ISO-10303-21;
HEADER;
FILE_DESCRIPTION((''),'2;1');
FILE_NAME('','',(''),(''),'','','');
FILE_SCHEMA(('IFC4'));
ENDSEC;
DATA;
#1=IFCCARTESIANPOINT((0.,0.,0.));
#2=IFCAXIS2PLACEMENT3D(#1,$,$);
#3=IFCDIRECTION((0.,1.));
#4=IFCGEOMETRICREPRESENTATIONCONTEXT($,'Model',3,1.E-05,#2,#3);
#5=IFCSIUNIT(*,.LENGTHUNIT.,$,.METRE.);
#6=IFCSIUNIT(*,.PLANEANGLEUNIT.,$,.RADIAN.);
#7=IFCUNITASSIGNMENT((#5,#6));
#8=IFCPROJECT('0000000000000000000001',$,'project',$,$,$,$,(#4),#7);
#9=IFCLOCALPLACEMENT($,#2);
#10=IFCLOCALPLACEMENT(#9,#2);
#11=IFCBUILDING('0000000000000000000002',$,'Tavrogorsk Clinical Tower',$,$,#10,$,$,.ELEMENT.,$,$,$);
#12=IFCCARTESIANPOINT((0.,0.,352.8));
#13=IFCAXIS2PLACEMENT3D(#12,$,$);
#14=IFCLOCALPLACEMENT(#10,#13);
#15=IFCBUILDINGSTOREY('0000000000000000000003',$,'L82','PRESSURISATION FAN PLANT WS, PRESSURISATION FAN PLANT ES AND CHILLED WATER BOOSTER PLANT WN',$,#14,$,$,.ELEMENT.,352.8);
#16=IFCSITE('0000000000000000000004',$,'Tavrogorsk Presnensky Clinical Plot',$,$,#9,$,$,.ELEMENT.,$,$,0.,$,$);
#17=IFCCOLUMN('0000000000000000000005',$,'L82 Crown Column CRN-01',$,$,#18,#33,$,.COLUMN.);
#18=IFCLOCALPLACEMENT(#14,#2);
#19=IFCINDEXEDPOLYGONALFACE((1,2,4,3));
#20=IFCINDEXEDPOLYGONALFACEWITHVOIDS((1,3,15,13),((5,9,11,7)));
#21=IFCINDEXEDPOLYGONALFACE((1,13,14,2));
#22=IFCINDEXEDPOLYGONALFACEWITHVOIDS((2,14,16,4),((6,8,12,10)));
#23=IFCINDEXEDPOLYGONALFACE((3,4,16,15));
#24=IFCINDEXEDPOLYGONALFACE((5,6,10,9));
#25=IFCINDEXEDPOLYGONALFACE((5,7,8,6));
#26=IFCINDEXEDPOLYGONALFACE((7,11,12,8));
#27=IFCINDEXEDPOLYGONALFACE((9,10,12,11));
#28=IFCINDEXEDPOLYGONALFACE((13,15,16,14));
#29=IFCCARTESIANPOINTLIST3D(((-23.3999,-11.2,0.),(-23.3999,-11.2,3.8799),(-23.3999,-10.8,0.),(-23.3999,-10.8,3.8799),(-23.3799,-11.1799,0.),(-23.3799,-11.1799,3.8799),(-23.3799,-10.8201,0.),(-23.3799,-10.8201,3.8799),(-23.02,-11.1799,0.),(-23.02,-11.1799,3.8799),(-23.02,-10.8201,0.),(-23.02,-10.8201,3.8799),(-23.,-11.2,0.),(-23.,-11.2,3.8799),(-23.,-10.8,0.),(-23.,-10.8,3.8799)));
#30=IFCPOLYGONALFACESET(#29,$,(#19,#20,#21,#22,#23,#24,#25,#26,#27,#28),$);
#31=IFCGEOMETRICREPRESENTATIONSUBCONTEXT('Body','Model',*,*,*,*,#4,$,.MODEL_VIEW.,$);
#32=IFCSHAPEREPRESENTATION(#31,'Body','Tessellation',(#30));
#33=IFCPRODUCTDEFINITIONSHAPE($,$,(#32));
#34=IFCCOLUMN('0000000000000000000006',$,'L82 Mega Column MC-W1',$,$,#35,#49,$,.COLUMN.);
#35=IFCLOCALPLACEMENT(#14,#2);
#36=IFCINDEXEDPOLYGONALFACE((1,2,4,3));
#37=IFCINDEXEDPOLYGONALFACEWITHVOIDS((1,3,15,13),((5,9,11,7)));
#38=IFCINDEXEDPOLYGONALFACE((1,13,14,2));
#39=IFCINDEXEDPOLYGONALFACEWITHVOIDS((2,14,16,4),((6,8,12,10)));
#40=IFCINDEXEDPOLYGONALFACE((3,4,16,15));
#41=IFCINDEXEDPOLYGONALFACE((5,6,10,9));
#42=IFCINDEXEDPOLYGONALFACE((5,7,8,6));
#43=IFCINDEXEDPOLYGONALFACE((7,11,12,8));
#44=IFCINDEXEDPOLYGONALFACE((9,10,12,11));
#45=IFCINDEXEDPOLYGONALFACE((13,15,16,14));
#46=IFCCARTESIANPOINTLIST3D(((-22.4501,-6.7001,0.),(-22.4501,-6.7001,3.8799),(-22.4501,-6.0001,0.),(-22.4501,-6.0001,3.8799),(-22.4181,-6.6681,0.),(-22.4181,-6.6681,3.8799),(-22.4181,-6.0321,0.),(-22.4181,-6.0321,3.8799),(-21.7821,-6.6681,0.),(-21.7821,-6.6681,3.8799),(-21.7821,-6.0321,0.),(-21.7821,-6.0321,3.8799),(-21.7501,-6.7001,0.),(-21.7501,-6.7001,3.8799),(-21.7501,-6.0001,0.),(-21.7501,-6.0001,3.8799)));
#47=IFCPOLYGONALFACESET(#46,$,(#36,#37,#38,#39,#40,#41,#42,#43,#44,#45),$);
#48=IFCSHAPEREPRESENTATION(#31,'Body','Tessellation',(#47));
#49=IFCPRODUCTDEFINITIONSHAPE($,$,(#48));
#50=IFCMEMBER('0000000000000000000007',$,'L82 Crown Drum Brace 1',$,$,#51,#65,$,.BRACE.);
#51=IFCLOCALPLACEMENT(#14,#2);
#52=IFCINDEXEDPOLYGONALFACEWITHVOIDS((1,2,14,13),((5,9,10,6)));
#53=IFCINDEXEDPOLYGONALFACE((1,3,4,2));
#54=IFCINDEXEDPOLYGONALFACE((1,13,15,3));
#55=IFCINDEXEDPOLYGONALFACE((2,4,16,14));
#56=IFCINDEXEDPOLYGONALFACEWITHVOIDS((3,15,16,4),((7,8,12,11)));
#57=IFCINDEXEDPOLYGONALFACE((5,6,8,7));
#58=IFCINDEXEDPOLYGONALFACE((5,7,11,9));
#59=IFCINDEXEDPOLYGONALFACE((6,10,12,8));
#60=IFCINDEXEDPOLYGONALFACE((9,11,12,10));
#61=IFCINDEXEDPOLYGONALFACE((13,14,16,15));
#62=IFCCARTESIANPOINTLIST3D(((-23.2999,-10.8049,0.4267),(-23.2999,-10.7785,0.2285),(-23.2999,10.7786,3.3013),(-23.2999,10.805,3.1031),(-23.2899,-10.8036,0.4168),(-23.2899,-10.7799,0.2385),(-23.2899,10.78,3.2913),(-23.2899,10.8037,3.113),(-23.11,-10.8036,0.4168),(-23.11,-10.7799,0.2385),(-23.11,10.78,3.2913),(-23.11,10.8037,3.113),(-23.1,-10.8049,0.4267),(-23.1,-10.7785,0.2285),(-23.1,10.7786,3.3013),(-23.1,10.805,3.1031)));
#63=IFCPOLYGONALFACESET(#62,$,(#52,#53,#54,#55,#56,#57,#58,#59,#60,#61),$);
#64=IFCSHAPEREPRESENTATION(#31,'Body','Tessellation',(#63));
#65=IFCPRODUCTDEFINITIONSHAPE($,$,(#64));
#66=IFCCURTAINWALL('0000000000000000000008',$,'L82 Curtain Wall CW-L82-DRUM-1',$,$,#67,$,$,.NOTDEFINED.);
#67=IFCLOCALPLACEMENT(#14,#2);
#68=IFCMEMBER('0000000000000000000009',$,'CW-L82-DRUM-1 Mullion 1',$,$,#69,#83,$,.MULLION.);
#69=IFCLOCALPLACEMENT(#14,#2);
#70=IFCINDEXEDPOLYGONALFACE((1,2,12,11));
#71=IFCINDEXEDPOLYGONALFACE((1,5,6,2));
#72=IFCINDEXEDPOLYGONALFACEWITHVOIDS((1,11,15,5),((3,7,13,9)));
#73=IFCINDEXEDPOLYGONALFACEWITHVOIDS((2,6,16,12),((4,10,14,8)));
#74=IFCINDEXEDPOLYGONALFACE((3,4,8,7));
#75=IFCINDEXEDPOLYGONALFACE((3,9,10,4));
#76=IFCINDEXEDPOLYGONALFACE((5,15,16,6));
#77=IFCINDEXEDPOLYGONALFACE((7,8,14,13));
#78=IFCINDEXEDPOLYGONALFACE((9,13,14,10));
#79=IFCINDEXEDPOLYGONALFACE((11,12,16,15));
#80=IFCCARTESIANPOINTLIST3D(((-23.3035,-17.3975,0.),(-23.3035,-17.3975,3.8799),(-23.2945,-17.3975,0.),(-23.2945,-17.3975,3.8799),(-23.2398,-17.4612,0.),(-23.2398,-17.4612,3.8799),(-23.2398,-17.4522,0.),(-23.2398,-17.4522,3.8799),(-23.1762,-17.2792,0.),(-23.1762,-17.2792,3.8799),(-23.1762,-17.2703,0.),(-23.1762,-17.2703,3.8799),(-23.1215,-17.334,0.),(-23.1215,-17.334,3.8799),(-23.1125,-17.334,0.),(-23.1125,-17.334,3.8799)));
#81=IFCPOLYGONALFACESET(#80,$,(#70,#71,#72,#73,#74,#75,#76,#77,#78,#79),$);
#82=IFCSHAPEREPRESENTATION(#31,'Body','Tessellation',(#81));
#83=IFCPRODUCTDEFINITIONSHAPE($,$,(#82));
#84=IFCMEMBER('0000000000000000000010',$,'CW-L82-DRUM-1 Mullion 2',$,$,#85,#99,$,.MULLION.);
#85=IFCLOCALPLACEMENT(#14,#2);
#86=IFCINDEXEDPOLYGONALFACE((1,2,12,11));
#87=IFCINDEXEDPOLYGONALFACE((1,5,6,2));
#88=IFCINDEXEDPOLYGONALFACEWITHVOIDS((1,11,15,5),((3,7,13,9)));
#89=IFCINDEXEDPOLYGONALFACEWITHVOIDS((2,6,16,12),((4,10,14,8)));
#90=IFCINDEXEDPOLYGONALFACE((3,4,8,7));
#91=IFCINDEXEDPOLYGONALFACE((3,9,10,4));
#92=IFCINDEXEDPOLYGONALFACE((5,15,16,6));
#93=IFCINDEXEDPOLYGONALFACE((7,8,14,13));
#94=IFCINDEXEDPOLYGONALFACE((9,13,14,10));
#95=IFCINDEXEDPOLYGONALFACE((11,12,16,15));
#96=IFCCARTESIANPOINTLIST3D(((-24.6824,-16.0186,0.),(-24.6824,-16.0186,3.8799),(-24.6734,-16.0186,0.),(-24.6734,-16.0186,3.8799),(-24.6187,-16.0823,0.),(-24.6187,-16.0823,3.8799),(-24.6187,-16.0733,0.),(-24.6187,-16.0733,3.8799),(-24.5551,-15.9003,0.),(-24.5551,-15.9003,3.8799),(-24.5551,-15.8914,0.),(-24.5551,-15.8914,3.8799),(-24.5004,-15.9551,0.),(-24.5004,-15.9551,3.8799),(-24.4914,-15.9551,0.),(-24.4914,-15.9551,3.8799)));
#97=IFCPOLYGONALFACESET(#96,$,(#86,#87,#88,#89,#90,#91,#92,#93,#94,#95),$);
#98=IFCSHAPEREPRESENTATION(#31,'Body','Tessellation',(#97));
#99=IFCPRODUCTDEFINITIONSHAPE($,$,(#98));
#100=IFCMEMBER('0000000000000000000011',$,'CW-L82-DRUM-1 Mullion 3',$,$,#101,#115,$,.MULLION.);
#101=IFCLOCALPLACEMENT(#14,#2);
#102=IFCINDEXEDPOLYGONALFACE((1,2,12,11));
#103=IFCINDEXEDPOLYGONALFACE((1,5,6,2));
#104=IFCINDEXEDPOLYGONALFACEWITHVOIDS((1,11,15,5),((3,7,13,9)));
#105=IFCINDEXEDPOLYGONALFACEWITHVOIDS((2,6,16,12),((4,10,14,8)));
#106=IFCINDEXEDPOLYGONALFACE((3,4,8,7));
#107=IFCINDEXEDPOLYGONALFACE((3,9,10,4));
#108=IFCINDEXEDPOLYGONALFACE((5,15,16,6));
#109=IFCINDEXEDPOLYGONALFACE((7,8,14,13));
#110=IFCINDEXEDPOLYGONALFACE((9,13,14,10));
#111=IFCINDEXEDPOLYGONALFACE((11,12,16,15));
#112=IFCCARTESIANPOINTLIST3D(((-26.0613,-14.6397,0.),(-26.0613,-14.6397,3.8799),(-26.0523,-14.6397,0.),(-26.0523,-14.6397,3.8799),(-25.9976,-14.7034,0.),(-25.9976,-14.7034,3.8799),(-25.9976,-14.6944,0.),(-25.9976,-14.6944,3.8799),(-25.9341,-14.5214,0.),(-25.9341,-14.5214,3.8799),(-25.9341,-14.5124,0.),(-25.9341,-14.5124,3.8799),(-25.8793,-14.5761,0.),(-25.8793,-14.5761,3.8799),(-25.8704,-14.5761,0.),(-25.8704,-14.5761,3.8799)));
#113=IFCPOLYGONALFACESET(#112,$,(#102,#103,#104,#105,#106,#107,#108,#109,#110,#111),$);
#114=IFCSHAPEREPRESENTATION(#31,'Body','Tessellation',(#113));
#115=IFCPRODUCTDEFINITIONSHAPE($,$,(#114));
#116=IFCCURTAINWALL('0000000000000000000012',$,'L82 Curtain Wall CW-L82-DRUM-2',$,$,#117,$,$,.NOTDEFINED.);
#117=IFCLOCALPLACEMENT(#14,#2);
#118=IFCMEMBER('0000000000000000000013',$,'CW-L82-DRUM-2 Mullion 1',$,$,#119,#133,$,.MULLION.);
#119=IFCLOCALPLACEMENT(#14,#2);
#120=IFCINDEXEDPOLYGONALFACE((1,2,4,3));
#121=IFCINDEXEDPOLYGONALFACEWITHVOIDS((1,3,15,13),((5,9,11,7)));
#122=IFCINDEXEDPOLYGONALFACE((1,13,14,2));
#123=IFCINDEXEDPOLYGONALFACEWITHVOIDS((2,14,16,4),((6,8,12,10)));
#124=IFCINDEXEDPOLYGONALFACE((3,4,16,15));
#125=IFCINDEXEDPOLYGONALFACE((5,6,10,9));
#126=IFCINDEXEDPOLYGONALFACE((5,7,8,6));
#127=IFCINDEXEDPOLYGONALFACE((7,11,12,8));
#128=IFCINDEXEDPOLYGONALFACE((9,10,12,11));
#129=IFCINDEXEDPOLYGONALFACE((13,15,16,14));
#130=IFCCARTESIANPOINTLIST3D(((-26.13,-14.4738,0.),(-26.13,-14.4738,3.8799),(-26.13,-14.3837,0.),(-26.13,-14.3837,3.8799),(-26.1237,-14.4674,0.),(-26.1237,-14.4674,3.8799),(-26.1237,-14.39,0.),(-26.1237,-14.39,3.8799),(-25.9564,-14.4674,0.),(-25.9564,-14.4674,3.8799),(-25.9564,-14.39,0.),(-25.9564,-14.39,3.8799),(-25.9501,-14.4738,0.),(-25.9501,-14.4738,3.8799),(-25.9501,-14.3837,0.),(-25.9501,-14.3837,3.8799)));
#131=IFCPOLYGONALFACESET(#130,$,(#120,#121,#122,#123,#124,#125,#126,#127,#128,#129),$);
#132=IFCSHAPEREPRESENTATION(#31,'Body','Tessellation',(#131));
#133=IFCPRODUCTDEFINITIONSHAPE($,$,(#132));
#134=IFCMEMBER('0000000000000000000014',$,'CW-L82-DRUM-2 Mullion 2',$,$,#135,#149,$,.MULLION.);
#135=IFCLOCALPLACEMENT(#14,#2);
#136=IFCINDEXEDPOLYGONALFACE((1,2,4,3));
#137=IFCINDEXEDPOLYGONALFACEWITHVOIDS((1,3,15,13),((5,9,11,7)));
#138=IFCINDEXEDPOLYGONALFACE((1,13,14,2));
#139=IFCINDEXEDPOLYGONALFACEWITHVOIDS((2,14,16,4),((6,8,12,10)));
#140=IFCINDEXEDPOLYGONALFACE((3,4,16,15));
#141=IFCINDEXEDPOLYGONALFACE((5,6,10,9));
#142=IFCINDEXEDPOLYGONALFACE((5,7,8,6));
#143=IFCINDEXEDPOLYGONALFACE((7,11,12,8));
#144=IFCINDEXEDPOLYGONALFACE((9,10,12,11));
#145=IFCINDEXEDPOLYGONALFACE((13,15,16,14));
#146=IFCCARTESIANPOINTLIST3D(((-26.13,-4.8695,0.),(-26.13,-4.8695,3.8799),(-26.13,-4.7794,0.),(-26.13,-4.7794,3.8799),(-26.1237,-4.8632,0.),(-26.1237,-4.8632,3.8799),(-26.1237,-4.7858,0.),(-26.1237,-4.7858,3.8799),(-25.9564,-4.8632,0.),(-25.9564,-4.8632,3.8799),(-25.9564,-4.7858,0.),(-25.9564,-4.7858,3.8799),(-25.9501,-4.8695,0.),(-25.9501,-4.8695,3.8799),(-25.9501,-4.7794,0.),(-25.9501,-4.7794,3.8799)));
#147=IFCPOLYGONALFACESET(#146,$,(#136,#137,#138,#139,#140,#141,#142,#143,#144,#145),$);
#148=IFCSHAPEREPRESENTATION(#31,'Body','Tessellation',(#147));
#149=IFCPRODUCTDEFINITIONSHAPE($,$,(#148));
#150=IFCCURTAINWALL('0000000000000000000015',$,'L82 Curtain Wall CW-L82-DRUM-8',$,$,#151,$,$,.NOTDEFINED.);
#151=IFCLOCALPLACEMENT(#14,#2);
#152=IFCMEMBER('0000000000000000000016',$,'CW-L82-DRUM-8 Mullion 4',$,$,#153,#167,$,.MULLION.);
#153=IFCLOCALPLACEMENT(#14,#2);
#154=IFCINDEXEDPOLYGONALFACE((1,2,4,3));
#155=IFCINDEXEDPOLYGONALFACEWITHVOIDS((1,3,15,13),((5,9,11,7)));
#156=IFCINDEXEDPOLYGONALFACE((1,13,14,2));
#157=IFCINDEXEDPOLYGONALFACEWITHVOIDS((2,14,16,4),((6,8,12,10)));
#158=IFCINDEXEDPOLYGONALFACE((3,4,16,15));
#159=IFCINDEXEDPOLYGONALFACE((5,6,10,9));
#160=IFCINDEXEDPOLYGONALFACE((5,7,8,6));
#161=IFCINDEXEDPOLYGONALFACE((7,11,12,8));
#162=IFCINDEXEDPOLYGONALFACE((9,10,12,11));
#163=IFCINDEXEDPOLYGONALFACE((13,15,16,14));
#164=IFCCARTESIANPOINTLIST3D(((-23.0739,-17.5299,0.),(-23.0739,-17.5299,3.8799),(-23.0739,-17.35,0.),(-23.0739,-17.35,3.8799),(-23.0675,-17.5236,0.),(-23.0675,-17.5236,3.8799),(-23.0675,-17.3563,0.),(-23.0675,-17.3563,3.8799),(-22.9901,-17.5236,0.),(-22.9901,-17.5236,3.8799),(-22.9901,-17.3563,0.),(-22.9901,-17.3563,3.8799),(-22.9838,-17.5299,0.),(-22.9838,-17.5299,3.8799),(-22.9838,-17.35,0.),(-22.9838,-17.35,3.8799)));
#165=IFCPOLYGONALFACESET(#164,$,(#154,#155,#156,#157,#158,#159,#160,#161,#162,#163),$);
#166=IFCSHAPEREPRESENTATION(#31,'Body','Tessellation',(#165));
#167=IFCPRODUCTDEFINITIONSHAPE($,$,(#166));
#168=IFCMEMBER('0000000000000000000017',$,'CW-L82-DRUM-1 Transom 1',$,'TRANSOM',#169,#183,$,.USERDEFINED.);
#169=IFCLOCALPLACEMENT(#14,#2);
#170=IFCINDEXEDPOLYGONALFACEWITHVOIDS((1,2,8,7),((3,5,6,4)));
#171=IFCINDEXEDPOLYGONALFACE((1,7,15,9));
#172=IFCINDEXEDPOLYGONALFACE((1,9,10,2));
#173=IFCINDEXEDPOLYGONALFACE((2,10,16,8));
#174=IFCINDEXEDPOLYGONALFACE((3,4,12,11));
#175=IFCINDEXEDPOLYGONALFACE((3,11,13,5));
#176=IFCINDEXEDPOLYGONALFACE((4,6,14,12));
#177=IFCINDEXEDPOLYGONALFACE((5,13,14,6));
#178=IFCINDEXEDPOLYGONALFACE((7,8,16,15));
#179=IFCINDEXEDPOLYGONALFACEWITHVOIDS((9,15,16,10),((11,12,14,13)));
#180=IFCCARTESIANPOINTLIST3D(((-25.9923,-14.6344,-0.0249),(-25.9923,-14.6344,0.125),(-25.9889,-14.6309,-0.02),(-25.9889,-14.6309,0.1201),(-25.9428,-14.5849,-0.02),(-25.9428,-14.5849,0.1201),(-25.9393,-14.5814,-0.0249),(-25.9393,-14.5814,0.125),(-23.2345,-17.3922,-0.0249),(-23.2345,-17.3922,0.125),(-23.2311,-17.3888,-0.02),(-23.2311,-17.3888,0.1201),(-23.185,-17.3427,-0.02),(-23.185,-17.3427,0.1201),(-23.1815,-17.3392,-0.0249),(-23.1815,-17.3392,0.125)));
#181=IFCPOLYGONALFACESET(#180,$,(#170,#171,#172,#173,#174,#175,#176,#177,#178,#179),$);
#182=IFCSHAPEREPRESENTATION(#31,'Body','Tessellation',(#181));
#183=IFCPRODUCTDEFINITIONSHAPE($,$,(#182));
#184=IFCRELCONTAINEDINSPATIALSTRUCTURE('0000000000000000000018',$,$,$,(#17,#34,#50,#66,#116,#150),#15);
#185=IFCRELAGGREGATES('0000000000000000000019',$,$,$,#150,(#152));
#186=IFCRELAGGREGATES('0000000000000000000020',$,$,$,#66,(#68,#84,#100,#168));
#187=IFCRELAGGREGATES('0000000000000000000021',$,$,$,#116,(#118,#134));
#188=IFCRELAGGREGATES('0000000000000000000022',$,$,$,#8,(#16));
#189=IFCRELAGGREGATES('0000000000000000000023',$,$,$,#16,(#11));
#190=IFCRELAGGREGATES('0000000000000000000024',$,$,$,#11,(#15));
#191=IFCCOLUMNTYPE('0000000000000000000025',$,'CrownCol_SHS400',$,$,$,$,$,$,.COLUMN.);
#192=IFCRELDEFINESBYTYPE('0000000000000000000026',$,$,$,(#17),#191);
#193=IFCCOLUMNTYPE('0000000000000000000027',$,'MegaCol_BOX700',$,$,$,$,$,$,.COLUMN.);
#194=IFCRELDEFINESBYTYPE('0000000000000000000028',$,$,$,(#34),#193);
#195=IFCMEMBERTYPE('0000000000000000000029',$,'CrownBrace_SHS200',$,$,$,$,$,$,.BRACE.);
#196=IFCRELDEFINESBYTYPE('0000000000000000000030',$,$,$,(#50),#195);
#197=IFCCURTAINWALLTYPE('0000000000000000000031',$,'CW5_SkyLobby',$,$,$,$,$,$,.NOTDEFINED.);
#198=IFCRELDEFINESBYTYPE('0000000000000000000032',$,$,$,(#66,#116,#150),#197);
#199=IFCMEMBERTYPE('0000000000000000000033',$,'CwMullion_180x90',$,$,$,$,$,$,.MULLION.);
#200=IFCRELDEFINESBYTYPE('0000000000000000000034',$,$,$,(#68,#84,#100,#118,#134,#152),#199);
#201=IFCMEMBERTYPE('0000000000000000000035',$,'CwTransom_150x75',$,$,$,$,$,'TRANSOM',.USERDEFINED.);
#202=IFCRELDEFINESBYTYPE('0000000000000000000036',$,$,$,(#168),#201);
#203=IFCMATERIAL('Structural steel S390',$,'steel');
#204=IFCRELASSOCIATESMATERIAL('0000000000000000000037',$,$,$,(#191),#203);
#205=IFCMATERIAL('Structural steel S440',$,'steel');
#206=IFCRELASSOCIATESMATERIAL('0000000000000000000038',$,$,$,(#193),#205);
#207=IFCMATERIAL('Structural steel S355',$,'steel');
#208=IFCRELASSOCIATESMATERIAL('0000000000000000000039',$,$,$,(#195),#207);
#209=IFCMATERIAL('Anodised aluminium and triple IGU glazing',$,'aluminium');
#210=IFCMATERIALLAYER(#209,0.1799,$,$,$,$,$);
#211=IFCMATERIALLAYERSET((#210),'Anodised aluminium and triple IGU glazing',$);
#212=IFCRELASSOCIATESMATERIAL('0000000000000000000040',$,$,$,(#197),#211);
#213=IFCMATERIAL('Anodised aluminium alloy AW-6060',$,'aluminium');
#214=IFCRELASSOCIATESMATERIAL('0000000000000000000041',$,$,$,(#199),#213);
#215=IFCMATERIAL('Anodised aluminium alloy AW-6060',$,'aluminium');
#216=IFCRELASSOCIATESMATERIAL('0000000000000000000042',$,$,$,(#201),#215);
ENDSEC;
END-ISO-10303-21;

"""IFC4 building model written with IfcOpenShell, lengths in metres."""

from ifc_helpers import new_model, si_unit, direction, frame, origin, origin_2d, place, context, subcontext, project, spatial, hollow_rectangle, extrude, material, layer, layer_set, material_profile, profile_set, type_object, element, aggregate, save


model = new_model("IFC4")

# Units and contexts
model_context = context("Model", 3, precision=1e-05, world=origin(), true_north=direction((0.0, 1.0)))
body_context = subcontext(model_context, "Body", "Model", "MODEL_VIEW")
ifc_project = project(units=[si_unit("LENGTHUNIT", "METRE"), si_unit("PLANEANGLEUNIT", "RADIAN")], contexts=[model_context])

# Site, building, storey
site_placement = place(None, origin())
site = spatial("IfcSite", under=ifc_project, at=site_placement, Name="Tavrogorsk Presnensky Clinical Plot", CompositionType="ELEMENT", RefElevation=0.0)
building_placement = place(site_placement, origin())
building = spatial("IfcBuilding", under=site, at=building_placement, Name="Tavrogorsk Clinical Tower", CompositionType="ELEMENT")
storey_placement = place(building_placement, frame((0.0, 0.0, 352.8)))
storey = spatial("IfcBuildingStorey", under=building, at=storey_placement, Name="L82", Description="PRESSURISATION FAN PLANT WS, PRESSURISATION FAN PLANT ES AND CHILLED WATER BOOSTER PLANT WN", CompositionType="ELEMENT", Elevation=352.8)

# Columns
ifc_material_1 = material(Name="Structural steel S390", Category="steel")
ifc_material_profile_1 = material_profile(ifc_material_1, hollow_rectangle(XDim=0.3999, YDim=0.3999, WallThickness=0.02, at=origin_2d()), Name="SHS-400x400x20")
ifc_profile_set_1 = profile_set([ifc_material_profile_1], Name="Structural steel S390")
column_type_1 = type_object("IfcColumnType", Name="CrownCol_SHS400", PredefinedType="COLUMN", material=ifc_profile_set_1)
column_1_placement = place(storey_placement, frame((-23.2, -11.0, 0.0), z_axis=(0.0, 0.0, 1.0), x_axis=(1.0, 0.0, 0.0)))
element("IfcColumn", 1, at=column_1_placement, inside=storey, type_object=column_type_1, Name="L82 Crown Column CRN-01", PredefinedType="COLUMN", context=body_context, shape_type="SweptSolid", body=[
    extrude(hollow_rectangle(XDim=0.3999, YDim=0.3999, WallThickness=0.02, at=origin_2d()), origin(), (0.0, 0.0, 1.0), 3.8799),
])
ifc_material_2 = material(Name="Structural steel S440", Category="steel")
ifc_material_profile_2 = material_profile(ifc_material_2, hollow_rectangle(XDim=0.7, YDim=0.7, WallThickness=0.032, at=origin_2d()), Name="BOX-700x700x32")
ifc_profile_set_2 = profile_set([ifc_material_profile_2], Name="Structural steel S440")
column_type_2 = type_object("IfcColumnType", Name="MegaCol_BOX700", PredefinedType="COLUMN", material=ifc_profile_set_2)
column_2_placement = place(storey_placement, frame((-22.1001, -6.3501, 0.0), z_axis=(0.0, 0.0, 1.0), x_axis=(1.0, 0.0, 0.0)))
element("IfcColumn", 2, at=column_2_placement, inside=storey, type_object=column_type_2, Name="L82 Mega Column MC-W1", PredefinedType="COLUMN", context=body_context, shape_type="SweptSolid", body=[
    extrude(hollow_rectangle(XDim=0.7, YDim=0.7, WallThickness=0.032, at=origin_2d()), origin(), (0.0, 0.0, 1.0), 3.8799),
])

# Member
ifc_material_3 = material(Name="Structural steel S355", Category="steel")
ifc_material_profile_3 = material_profile(ifc_material_3, hollow_rectangle(XDim=0.2, YDim=0.2, WallThickness=0.01, at=origin_2d()), Name="SHS-200x200x10")
ifc_profile_set_3 = profile_set([ifc_material_profile_3], Name="Structural steel S355")
member_type_1 = type_object("IfcMemberType", Name="CrownBrace_SHS200", PredefinedType="BRACE", material=ifc_profile_set_3)
member_1_placement = place(storey_placement, frame((-23.2, -10.7917, 0.3276), z_axis=(0.0, 0.991248, 0.132015), x_axis=(-1.0, 0.0, 0.0)))
element("IfcMember", 3, at=member_1_placement, inside=storey, type_object=member_type_1, Name="L82 Crown Drum Brace 1", PredefinedType="BRACE", context=body_context, shape_type="SweptSolid", body=[
    extrude(hollow_rectangle(XDim=0.2, YDim=0.2, WallThickness=0.01, at=origin_2d()), origin(), (0.0, 0.0, 1.0), 21.7742),
])

# Curtain walls, members
ifc_material_4 = material(Name="Anodised aluminium and triple IGU glazing", Category="aluminium")
ifc_layer_1 = layer(ifc_material_4, 0.1799)
ifc_layer_set_1 = layer_set([ifc_layer_1], Name="Anodised aluminium and triple IGU glazing")
curtain_wall_type = type_object("IfcCurtainWallType", Name="CW5_SkyLobby", PredefinedType="NOTDEFINED", material=ifc_layer_set_1)
curtain_wall_1_placement = place(storey_placement, origin())
curtain_wall_1 = element("IfcCurtainWall", 4, at=curtain_wall_1_placement, inside=storey, type_object=curtain_wall_type, Name="L82 Curtain Wall CW-L82-DRUM-1", PredefinedType="NOTDEFINED")
ifc_material_5 = material(Name="Anodised aluminium alloy AW-6060", Category="aluminium")
ifc_material_profile_4 = material_profile(ifc_material_5, hollow_rectangle(XDim=0.0901, YDim=0.1799, WallThickness=0.0063, at=origin_2d()), Name="RHS-180x90x6.3")
ifc_profile_set_4 = profile_set([ifc_material_profile_4], Name="Anodised aluminium alloy AW-6060")
member_type_2 = type_object("IfcMemberType", Name="CwMullion_180x90", PredefinedType="MULLION", material=ifc_profile_set_4)
member_2_placement = place(storey_placement, frame((-23.208, -17.3657, 0.0), z_axis=(0.0, 0.0, 1.0), x_axis=(-0.707107, 0.707107, 0.0)))
member_2 = element("IfcMember", 5, at=member_2_placement, type_object=member_type_2, Name="CW-L82-DRUM-1 Mullion 1", PredefinedType="MULLION", context=body_context, shape_type="SweptSolid", body=[
    extrude(hollow_rectangle(XDim=0.0901, YDim=0.1799, WallThickness=0.0063, at=origin_2d()), origin(), (0.0, 0.0, 1.0), 3.8799),
])
member_3_placement = place(storey_placement, frame((-24.5869, -15.9868, 0.0), z_axis=(0.0, 0.0, 1.0), x_axis=(-0.707107, 0.707107, 0.0)))
member_3 = element("IfcMember", 6, at=member_3_placement, type_object=member_type_2, Name="CW-L82-DRUM-1 Mullion 2", PredefinedType="MULLION", context=body_context, shape_type="SweptSolid", body=[
    extrude(hollow_rectangle(XDim=0.0901, YDim=0.1799, WallThickness=0.0063, at=origin_2d()), origin(), (0.0, 0.0, 1.0), 3.8799),
])
member_4_placement = place(storey_placement, frame((-25.9658, -14.6079, 0.0), z_axis=(0.0, 0.0, 1.0), x_axis=(-0.707107, 0.707107, 0.0)))
member_4 = element("IfcMember", 7, at=member_4_placement, type_object=member_type_2, Name="CW-L82-DRUM-1 Mullion 3", PredefinedType="MULLION", context=body_context, shape_type="SweptSolid", body=[
    extrude(hollow_rectangle(XDim=0.0901, YDim=0.1799, WallThickness=0.0063, at=origin_2d()), origin(), (0.0, 0.0, 1.0), 3.8799),
])
curtain_wall_2_placement = place(storey_placement, origin())
curtain_wall_2 = element("IfcCurtainWall", 8, at=curtain_wall_2_placement, inside=storey, type_object=curtain_wall_type, Name="L82 Curtain Wall CW-L82-DRUM-2", PredefinedType="NOTDEFINED")
member_5_placement = place(storey_placement, frame((-26.04, -14.4287, 0.0), z_axis=(0.0, 0.0, 1.0), x_axis=(0.0, 1.0, 0.0)))
member_5 = element("IfcMember", 9, at=member_5_placement, type_object=member_type_2, Name="CW-L82-DRUM-2 Mullion 1", PredefinedType="MULLION", context=body_context, shape_type="SweptSolid", body=[
    extrude(hollow_rectangle(XDim=0.0901, YDim=0.1799, WallThickness=0.0063, at=origin_2d()), origin(), (0.0, 0.0, 1.0), 3.8799),
])
member_6_placement = place(storey_placement, frame((-26.04, -4.8245, 0.0), z_axis=(0.0, 0.0, 1.0), x_axis=(0.0, 1.0, 0.0)))
member_6 = element("IfcMember", 10, at=member_6_placement, type_object=member_type_2, Name="CW-L82-DRUM-2 Mullion 2", PredefinedType="MULLION", context=body_context, shape_type="SweptSolid", body=[
    extrude(hollow_rectangle(XDim=0.0901, YDim=0.1799, WallThickness=0.0063, at=origin_2d()), origin(), (0.0, 0.0, 1.0), 3.8799),
])

# Curtain wall, member
curtain_wall_3_placement = place(storey_placement, origin())
curtain_wall_3 = element("IfcCurtainWall", 11, at=curtain_wall_3_placement, inside=storey, type_object=curtain_wall_type, Name="L82 Curtain Wall CW-L82-DRUM-8", PredefinedType="NOTDEFINED")
member_7_placement = place(storey_placement, frame((-23.0288, -17.4399, 0.0), z_axis=(0.0, 0.0, 1.0), x_axis=(-1.0, 0.0, 0.0)))
member_7 = element("IfcMember", 12, at=member_7_placement, type_object=member_type_2, Name="CW-L82-DRUM-8 Mullion 4", PredefinedType="MULLION", context=body_context, shape_type="SweptSolid", body=[
    extrude(hollow_rectangle(XDim=0.0901, YDim=0.1799, WallThickness=0.0063, at=origin_2d()), origin(), (0.0, 0.0, 1.0), 3.8799),
])
aggregate(curtain_wall_3, [member_7])

# Member
ifc_material_6 = material(Name="Anodised aluminium alloy AW-6060", Category="aluminium")
ifc_material_profile_5 = material_profile(ifc_material_6, hollow_rectangle(XDim=0.075, YDim=0.1499, WallThickness=0.0049, at=origin_2d()), Name="RHS-150x75x5")
ifc_profile_set_5 = profile_set([ifc_material_profile_5], Name="Anodised aluminium alloy AW-6060")
member_type_3 = type_object("IfcMemberType", Name="CwTransom_150x75", ElementType="TRANSOM", PredefinedType="USERDEFINED", material=ifc_profile_set_5)
member_8_placement = place(storey_placement, frame((-23.208, -17.3657, 0.05), z_axis=(-0.707107, 0.707107, 0.0), x_axis=(-0.707107, -0.707107, 0.0)))
member_8 = element("IfcMember", 13, at=member_8_placement, type_object=member_type_3, Name="CW-L82-DRUM-1 Transom 1", ObjectType="TRANSOM", PredefinedType="USERDEFINED", context=body_context, shape_type="SweptSolid", body=[
    extrude(hollow_rectangle(XDim=0.075, YDim=0.1499, WallThickness=0.0049, at=origin_2d()), origin(), (0.0, 0.0, 1.0), 3.9001),
])

aggregate(curtain_wall_1, [member_2, member_3, member_4, member_8])
aggregate(curtain_wall_2, [member_5, member_6])

save(model, "model.ifc")
